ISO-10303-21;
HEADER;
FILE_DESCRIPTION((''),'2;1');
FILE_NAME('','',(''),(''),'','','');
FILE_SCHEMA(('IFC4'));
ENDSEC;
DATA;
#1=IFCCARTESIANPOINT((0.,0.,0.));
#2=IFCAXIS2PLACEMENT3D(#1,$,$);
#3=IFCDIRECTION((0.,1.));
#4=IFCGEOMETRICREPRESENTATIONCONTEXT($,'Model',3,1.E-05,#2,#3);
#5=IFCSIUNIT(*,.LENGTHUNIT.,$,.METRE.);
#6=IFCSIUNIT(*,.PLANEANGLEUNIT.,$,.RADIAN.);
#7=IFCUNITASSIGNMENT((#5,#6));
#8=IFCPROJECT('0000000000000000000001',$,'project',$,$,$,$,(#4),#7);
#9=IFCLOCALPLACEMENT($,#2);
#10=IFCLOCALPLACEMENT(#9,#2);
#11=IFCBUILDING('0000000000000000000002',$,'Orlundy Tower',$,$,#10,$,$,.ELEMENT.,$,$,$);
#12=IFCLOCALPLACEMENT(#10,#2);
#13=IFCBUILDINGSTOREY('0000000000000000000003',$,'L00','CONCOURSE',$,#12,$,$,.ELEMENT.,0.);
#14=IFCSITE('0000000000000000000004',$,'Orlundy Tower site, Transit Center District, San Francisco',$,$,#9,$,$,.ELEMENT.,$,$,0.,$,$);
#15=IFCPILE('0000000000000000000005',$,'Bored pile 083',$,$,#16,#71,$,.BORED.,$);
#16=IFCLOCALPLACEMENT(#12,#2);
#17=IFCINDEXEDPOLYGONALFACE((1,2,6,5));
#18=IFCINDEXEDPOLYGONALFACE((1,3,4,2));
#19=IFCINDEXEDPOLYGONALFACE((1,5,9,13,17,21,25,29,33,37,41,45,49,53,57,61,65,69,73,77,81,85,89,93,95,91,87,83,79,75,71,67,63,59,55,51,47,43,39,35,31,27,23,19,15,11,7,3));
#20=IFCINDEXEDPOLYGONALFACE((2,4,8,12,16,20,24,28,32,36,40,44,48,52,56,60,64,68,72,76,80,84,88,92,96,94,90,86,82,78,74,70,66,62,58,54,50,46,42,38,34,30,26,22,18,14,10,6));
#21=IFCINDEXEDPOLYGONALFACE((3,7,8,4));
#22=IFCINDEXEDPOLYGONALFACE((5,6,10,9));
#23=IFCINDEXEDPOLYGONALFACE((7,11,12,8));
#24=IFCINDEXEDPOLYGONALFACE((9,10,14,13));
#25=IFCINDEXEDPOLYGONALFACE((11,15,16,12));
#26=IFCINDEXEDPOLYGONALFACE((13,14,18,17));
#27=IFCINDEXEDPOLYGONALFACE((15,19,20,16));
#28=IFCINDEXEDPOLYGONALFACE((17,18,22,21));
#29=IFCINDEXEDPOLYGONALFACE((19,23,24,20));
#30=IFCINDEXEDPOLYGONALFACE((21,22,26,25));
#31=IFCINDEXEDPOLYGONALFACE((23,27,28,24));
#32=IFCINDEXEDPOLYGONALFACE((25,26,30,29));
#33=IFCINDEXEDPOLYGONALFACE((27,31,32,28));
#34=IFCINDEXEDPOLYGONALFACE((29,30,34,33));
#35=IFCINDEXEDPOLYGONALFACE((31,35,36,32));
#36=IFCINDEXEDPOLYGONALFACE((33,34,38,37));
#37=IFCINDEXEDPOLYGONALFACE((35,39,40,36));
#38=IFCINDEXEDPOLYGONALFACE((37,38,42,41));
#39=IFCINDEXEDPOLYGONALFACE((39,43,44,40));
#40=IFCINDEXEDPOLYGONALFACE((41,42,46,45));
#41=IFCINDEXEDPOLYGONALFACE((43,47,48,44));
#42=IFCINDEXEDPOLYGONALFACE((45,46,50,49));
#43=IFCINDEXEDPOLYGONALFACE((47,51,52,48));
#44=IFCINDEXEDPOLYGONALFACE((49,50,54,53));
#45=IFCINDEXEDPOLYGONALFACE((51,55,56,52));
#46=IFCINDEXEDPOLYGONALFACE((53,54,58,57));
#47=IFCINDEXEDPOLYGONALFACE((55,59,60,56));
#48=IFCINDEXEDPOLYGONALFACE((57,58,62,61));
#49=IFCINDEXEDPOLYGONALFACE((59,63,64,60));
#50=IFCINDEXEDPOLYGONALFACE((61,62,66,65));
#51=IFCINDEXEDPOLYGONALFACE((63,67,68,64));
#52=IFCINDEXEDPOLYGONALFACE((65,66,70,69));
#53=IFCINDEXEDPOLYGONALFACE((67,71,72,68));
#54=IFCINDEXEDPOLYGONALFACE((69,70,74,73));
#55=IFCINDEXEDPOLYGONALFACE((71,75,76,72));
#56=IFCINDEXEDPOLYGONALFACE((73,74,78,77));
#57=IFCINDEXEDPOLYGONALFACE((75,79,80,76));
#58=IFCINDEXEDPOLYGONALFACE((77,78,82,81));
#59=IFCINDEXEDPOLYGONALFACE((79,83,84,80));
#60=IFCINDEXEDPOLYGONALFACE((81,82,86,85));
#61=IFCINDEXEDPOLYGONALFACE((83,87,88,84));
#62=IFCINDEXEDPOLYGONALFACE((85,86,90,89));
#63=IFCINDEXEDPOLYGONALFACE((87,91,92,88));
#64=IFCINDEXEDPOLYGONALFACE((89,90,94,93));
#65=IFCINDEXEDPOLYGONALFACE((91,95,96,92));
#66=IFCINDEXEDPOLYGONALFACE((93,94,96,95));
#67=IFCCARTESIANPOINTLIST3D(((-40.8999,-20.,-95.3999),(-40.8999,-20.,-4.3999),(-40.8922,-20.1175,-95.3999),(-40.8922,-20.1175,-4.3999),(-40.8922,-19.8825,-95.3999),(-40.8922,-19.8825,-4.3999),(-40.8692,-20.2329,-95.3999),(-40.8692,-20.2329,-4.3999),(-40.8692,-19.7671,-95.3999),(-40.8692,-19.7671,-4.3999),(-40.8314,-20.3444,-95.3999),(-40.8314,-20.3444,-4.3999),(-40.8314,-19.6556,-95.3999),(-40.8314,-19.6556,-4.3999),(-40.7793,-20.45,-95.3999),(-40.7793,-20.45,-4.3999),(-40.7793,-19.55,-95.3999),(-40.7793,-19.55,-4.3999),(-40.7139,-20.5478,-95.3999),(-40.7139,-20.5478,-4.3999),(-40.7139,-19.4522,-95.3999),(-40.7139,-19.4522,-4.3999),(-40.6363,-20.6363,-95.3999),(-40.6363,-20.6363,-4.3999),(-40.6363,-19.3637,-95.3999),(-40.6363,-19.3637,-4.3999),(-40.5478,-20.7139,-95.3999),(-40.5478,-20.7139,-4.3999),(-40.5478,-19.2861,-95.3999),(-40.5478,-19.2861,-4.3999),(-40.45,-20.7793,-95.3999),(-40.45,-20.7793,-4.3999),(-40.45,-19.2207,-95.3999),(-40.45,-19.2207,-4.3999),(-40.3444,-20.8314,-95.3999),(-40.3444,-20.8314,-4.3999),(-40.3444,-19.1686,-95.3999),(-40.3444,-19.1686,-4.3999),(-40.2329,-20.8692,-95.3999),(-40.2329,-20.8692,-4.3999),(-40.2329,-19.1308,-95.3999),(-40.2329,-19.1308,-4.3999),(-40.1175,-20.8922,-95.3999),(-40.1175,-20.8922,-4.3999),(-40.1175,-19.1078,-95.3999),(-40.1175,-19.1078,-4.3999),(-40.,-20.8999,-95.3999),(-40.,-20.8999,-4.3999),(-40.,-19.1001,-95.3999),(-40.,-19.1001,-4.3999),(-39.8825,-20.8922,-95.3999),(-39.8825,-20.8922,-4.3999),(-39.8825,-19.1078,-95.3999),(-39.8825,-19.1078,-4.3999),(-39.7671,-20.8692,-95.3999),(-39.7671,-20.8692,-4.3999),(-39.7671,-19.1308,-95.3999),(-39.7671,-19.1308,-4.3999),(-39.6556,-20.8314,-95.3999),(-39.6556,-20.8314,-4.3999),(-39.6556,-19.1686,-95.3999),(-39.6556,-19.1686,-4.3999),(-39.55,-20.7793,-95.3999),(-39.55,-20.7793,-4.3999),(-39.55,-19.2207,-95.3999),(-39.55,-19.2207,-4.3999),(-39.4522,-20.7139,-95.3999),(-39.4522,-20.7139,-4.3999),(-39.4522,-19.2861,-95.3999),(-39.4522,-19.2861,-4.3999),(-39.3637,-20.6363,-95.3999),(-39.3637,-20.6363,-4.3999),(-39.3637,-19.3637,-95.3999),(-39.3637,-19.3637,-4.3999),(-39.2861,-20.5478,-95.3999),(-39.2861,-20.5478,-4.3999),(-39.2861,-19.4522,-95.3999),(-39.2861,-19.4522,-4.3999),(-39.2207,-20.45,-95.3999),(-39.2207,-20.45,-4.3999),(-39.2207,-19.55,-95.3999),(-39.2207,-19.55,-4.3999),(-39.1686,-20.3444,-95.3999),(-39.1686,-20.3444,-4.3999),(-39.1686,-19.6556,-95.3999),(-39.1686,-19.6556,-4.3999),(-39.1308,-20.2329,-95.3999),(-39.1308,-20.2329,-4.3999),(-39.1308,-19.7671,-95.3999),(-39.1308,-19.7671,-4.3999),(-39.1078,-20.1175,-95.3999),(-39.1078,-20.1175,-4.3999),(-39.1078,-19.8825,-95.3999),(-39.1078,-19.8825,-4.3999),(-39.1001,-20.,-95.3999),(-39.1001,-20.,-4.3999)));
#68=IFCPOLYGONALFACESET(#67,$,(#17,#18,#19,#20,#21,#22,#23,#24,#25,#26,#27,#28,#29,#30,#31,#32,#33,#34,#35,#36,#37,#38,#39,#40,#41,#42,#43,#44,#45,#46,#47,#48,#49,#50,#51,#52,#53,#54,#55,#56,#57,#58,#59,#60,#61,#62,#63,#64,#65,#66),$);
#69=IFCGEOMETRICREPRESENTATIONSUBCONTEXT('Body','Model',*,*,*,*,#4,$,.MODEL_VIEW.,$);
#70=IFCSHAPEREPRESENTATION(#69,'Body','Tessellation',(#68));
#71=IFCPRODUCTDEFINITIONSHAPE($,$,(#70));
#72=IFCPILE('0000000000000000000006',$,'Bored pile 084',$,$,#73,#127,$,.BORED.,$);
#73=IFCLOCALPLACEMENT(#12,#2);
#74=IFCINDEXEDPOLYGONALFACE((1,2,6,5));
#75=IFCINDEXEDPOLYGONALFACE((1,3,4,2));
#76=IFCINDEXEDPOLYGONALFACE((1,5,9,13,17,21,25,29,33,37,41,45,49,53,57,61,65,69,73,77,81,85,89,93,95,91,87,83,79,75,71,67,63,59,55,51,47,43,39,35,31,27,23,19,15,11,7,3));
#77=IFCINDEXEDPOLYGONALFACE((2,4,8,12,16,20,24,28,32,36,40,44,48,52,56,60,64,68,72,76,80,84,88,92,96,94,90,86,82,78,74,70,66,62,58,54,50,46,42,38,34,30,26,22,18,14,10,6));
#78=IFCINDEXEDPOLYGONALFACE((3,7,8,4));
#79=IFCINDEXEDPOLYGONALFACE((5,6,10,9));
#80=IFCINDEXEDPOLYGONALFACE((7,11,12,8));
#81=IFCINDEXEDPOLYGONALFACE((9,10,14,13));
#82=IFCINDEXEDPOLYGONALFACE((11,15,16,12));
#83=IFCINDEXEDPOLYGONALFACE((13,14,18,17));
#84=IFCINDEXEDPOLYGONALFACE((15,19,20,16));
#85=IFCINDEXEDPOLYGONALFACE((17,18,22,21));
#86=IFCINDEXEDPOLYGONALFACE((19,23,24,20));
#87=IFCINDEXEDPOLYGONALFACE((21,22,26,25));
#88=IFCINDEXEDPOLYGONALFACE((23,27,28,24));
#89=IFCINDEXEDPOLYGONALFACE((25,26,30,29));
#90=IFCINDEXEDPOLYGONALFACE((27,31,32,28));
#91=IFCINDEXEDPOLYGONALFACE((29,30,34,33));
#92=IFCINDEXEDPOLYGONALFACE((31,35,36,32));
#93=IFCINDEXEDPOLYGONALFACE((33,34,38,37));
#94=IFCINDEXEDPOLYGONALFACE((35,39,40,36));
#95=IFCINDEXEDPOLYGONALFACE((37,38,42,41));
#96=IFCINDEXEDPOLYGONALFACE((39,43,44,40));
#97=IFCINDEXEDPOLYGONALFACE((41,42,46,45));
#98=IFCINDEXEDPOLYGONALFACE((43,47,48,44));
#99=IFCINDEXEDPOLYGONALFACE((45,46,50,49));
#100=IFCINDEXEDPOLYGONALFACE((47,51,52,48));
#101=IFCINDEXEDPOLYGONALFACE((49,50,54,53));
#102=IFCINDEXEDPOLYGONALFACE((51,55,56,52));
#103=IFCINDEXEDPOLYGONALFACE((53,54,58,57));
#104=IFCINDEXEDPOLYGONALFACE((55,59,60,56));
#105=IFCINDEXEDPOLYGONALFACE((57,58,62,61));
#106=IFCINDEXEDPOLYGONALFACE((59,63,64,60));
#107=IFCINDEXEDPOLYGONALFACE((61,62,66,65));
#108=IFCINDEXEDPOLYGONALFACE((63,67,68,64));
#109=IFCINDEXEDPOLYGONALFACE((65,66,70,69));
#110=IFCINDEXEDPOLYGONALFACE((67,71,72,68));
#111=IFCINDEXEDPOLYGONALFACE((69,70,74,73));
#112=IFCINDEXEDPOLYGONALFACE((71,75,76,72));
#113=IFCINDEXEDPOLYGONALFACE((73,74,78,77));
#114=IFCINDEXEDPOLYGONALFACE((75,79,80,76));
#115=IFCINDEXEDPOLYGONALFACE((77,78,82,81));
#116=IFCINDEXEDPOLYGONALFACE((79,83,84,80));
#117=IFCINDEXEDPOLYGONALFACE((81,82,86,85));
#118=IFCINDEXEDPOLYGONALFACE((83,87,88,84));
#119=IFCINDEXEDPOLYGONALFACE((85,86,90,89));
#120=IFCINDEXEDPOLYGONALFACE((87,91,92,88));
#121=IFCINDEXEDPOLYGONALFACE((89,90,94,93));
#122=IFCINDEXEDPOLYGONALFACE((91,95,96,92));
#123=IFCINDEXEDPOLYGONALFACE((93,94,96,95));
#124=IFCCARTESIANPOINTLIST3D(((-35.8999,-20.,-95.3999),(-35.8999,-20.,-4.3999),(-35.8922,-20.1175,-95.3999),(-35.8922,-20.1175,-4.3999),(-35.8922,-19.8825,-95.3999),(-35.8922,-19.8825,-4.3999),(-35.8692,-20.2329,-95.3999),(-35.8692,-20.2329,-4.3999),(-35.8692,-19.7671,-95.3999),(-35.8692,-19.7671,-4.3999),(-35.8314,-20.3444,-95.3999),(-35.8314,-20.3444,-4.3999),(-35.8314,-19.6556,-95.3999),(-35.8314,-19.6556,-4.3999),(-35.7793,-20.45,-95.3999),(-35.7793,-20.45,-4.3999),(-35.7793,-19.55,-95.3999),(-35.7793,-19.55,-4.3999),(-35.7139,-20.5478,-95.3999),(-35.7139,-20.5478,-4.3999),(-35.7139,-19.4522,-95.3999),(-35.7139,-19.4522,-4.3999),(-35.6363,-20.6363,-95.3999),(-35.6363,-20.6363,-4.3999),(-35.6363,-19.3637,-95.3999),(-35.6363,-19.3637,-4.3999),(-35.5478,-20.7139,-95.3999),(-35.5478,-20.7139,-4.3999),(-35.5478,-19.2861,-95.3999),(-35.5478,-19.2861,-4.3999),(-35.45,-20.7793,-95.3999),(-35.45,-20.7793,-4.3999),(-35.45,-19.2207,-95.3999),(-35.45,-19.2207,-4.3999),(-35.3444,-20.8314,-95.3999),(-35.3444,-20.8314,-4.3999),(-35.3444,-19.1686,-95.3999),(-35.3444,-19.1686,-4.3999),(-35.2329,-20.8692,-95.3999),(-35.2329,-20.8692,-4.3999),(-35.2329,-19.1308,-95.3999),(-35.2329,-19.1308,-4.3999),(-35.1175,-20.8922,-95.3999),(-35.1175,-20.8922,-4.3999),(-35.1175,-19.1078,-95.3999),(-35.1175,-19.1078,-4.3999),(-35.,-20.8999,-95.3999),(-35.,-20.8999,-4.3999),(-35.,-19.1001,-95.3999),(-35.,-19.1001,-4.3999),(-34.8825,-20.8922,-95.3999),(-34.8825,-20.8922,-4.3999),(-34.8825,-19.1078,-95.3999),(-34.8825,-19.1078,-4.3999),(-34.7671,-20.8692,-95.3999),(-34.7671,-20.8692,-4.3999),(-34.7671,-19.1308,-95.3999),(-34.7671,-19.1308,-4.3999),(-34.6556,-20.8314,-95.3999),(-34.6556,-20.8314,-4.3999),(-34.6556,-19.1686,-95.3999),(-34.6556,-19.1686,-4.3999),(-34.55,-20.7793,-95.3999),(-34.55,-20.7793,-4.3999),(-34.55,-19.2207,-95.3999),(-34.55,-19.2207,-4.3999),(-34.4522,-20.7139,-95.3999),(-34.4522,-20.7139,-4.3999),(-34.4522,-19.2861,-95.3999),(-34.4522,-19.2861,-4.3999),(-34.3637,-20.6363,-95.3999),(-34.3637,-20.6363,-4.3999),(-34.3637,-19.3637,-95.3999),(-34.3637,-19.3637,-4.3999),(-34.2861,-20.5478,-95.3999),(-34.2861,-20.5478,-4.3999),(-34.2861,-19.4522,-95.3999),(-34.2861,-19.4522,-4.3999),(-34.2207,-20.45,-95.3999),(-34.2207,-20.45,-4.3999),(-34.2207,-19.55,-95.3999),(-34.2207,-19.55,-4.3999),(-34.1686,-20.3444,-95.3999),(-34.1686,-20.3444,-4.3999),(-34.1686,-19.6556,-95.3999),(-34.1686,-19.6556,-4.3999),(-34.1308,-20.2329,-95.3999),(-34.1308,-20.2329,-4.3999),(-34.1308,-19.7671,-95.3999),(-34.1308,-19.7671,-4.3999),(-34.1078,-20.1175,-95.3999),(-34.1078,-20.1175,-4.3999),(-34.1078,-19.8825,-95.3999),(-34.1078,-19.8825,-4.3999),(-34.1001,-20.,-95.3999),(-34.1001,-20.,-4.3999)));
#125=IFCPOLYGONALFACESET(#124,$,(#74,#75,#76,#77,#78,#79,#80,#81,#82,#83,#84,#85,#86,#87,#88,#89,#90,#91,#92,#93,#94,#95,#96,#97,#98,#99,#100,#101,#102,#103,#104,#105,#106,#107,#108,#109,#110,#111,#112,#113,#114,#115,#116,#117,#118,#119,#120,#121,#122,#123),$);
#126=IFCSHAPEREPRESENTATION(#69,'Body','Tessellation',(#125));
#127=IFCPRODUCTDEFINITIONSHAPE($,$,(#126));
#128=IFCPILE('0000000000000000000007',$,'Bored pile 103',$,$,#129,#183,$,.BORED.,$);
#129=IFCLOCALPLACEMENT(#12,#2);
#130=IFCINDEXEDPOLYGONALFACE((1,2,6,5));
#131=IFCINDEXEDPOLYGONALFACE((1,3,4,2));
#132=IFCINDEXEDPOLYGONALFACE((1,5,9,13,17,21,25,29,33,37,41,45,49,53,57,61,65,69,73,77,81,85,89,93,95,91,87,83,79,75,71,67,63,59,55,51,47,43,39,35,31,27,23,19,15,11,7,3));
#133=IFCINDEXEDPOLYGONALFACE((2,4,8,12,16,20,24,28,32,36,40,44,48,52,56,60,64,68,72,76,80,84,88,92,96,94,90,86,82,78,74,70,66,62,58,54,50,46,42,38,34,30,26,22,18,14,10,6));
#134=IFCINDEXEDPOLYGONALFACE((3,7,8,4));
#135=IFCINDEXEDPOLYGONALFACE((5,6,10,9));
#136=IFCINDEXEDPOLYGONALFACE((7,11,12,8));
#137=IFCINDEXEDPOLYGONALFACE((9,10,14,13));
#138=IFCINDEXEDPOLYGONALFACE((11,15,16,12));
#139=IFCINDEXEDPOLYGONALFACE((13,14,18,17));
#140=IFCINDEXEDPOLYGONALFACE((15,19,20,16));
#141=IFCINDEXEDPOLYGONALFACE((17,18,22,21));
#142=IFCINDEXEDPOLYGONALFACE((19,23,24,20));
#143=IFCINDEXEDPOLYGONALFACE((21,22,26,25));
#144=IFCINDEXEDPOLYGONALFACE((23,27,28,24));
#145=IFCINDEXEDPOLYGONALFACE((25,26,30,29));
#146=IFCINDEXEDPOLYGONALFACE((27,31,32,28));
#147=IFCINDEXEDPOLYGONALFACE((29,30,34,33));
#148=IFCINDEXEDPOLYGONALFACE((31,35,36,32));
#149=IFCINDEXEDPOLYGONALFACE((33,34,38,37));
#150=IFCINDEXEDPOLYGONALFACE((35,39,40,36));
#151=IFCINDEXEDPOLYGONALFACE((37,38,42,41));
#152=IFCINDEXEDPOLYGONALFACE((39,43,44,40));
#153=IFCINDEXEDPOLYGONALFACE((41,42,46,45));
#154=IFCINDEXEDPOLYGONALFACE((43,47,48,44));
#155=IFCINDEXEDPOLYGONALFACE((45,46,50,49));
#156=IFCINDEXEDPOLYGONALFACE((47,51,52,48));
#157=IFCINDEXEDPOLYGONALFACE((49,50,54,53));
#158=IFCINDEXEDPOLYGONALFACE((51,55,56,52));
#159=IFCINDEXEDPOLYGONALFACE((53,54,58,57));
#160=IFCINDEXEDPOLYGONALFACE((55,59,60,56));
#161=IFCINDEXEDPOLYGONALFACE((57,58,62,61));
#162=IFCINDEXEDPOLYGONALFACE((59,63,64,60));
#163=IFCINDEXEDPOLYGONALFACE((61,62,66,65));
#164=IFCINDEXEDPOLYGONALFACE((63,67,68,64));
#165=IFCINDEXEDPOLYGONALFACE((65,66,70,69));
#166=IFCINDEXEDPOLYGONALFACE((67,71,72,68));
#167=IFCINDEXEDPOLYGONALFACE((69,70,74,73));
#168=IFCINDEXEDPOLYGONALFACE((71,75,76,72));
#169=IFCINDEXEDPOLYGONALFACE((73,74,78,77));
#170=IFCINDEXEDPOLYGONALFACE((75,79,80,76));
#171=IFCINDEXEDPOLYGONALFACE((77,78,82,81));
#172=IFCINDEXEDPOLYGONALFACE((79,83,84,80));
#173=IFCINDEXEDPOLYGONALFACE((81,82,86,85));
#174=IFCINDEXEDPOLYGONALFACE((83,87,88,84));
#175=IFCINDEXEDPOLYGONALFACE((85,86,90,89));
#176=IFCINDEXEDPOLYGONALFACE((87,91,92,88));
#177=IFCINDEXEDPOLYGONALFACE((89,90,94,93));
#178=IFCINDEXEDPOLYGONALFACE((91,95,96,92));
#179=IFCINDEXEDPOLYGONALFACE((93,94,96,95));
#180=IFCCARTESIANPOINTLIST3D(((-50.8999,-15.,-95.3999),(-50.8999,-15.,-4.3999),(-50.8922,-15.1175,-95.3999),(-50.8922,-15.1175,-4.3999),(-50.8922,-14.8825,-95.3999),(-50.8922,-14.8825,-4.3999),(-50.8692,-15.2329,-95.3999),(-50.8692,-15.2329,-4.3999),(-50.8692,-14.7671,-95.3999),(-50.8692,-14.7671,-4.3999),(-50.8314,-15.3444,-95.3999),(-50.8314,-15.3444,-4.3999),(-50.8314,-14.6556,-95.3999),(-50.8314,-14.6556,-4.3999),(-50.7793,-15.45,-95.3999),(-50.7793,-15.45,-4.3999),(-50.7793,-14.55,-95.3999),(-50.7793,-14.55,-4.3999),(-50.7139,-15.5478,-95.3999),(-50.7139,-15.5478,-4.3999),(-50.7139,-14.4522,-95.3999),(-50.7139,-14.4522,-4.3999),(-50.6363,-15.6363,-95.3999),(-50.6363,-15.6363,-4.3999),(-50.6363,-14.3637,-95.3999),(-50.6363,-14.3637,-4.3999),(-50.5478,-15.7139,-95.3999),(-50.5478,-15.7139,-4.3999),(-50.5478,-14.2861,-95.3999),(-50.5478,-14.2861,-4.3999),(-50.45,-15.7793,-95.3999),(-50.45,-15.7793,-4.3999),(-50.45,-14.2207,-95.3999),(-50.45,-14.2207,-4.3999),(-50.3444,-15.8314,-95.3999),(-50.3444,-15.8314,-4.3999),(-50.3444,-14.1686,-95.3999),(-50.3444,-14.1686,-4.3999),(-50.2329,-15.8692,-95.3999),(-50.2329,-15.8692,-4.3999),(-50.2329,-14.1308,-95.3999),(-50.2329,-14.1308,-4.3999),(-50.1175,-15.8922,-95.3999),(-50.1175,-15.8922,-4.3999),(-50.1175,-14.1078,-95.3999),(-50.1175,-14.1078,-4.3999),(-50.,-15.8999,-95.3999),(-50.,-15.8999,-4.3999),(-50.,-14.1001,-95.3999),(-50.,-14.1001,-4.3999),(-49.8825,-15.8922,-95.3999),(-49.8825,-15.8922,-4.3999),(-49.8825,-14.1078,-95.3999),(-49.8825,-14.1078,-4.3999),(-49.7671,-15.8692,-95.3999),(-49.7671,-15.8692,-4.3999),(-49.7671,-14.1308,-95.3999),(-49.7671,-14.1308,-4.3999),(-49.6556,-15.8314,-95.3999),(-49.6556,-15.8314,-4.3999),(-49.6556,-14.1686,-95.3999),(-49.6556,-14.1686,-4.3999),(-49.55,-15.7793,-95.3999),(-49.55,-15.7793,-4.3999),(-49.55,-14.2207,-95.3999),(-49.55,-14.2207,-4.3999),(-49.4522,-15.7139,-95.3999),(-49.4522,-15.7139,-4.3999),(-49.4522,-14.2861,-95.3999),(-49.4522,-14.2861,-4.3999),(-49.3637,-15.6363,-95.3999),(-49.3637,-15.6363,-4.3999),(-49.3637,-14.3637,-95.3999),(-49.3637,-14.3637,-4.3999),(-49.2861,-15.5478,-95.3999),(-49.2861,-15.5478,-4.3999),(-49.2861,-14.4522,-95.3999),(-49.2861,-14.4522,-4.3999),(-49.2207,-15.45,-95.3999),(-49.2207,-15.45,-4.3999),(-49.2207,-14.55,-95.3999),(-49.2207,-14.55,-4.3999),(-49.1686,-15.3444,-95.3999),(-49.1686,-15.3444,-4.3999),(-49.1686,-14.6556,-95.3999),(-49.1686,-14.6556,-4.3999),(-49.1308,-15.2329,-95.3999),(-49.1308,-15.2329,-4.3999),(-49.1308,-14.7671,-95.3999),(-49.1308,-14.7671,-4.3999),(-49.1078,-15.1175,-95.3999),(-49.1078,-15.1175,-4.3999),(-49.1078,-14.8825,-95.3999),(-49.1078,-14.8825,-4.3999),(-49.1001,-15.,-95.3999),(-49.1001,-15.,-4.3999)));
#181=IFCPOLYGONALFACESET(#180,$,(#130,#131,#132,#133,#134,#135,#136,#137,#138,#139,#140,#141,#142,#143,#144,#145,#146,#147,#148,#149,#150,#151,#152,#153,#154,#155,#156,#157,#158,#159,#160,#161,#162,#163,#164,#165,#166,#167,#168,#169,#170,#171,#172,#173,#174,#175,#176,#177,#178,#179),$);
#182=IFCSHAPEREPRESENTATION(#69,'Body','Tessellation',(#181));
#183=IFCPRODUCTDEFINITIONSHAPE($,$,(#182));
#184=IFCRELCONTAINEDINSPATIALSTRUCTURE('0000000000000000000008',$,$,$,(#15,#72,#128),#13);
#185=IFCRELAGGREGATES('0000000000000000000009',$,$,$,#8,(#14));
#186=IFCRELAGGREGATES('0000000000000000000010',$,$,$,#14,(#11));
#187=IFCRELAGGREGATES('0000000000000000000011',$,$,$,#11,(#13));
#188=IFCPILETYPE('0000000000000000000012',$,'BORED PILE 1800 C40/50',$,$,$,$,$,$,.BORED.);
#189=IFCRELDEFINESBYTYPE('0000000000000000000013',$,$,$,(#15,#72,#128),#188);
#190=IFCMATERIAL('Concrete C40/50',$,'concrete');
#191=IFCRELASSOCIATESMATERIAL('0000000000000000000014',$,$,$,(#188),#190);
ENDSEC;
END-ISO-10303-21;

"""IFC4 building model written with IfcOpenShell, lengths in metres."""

from ifc_helpers import new_model, si_unit, direction, frame, origin, origin_2d, place, context, subcontext, project, spatial, circle, extrude, material, material_profile, profile_set, type_object, element, save


model = new_model("IFC4")

# Units and contexts
model_context = context("Model", 3, precision=1e-05, world=origin(), true_north=direction((0.0, 1.0)))
body_context = subcontext(model_context, "Body", "Model", "MODEL_VIEW")
ifc_project = project(units=[si_unit("LENGTHUNIT", "METRE"), si_unit("PLANEANGLEUNIT", "RADIAN")], contexts=[model_context])

# Site, building, storey
site_placement = place(None, origin())
site = spatial("IfcSite", under=ifc_project, at=site_placement, Name="Orlundy Tower site, Transit Center District, San Francisco", CompositionType="ELEMENT", RefElevation=0.0)
building_placement = place(site_placement, origin())
building = spatial("IfcBuilding", under=site, at=building_placement, Name="Orlundy Tower", CompositionType="ELEMENT")
storey_placement = place(building_placement, origin())
storey = spatial("IfcBuildingStorey", under=building, at=storey_placement, Name="L00", Description="CONCOURSE", CompositionType="ELEMENT", Elevation=0.0)

# Piles
ifc_material_1 = material(Name="Concrete C40/50", Category="concrete")
ifc_material_profile_1 = material_profile(ifc_material_1, circle(Radius=0.8999, at=origin_2d()), Name="BP1800")
ifc_profile_set_1 = profile_set([ifc_material_profile_1], Name="Concrete C40/50")
pile_type = type_object("IfcPileType", Name="BORED PILE 1800 C40/50", PredefinedType="BORED", material=ifc_profile_set_1)
for number, where, z_axis, x_axis, name in (
    (1, (-40.0, -20.0, -4.3999), (0.0, 0.0, -1.0), (1.0, 0.0, 0.0), "Bored pile 083"),
    (2, (-35.0, -20.0, -4.3999), (0.0, 0.0, -1.0), (1.0, 0.0, 0.0), "Bored pile 084"),
    (3, (-50.0, -15.0, -4.3999), (0.0, 0.0, -1.0), (1.0, 0.0, 0.0), "Bored pile 103"),
):
    element("IfcPile", number, at=place(storey_placement, frame(where, z_axis=z_axis, x_axis=x_axis)), inside=storey, type_object=pile_type, Name=name, PredefinedType="BORED", context=body_context, shape_type="SweptSolid", body=[
        extrude(circle(Radius=0.8999, at=origin_2d()), origin(), (0.0, 0.0, 1.0), 91.0),
    ])

save(model, "model.ifc")
